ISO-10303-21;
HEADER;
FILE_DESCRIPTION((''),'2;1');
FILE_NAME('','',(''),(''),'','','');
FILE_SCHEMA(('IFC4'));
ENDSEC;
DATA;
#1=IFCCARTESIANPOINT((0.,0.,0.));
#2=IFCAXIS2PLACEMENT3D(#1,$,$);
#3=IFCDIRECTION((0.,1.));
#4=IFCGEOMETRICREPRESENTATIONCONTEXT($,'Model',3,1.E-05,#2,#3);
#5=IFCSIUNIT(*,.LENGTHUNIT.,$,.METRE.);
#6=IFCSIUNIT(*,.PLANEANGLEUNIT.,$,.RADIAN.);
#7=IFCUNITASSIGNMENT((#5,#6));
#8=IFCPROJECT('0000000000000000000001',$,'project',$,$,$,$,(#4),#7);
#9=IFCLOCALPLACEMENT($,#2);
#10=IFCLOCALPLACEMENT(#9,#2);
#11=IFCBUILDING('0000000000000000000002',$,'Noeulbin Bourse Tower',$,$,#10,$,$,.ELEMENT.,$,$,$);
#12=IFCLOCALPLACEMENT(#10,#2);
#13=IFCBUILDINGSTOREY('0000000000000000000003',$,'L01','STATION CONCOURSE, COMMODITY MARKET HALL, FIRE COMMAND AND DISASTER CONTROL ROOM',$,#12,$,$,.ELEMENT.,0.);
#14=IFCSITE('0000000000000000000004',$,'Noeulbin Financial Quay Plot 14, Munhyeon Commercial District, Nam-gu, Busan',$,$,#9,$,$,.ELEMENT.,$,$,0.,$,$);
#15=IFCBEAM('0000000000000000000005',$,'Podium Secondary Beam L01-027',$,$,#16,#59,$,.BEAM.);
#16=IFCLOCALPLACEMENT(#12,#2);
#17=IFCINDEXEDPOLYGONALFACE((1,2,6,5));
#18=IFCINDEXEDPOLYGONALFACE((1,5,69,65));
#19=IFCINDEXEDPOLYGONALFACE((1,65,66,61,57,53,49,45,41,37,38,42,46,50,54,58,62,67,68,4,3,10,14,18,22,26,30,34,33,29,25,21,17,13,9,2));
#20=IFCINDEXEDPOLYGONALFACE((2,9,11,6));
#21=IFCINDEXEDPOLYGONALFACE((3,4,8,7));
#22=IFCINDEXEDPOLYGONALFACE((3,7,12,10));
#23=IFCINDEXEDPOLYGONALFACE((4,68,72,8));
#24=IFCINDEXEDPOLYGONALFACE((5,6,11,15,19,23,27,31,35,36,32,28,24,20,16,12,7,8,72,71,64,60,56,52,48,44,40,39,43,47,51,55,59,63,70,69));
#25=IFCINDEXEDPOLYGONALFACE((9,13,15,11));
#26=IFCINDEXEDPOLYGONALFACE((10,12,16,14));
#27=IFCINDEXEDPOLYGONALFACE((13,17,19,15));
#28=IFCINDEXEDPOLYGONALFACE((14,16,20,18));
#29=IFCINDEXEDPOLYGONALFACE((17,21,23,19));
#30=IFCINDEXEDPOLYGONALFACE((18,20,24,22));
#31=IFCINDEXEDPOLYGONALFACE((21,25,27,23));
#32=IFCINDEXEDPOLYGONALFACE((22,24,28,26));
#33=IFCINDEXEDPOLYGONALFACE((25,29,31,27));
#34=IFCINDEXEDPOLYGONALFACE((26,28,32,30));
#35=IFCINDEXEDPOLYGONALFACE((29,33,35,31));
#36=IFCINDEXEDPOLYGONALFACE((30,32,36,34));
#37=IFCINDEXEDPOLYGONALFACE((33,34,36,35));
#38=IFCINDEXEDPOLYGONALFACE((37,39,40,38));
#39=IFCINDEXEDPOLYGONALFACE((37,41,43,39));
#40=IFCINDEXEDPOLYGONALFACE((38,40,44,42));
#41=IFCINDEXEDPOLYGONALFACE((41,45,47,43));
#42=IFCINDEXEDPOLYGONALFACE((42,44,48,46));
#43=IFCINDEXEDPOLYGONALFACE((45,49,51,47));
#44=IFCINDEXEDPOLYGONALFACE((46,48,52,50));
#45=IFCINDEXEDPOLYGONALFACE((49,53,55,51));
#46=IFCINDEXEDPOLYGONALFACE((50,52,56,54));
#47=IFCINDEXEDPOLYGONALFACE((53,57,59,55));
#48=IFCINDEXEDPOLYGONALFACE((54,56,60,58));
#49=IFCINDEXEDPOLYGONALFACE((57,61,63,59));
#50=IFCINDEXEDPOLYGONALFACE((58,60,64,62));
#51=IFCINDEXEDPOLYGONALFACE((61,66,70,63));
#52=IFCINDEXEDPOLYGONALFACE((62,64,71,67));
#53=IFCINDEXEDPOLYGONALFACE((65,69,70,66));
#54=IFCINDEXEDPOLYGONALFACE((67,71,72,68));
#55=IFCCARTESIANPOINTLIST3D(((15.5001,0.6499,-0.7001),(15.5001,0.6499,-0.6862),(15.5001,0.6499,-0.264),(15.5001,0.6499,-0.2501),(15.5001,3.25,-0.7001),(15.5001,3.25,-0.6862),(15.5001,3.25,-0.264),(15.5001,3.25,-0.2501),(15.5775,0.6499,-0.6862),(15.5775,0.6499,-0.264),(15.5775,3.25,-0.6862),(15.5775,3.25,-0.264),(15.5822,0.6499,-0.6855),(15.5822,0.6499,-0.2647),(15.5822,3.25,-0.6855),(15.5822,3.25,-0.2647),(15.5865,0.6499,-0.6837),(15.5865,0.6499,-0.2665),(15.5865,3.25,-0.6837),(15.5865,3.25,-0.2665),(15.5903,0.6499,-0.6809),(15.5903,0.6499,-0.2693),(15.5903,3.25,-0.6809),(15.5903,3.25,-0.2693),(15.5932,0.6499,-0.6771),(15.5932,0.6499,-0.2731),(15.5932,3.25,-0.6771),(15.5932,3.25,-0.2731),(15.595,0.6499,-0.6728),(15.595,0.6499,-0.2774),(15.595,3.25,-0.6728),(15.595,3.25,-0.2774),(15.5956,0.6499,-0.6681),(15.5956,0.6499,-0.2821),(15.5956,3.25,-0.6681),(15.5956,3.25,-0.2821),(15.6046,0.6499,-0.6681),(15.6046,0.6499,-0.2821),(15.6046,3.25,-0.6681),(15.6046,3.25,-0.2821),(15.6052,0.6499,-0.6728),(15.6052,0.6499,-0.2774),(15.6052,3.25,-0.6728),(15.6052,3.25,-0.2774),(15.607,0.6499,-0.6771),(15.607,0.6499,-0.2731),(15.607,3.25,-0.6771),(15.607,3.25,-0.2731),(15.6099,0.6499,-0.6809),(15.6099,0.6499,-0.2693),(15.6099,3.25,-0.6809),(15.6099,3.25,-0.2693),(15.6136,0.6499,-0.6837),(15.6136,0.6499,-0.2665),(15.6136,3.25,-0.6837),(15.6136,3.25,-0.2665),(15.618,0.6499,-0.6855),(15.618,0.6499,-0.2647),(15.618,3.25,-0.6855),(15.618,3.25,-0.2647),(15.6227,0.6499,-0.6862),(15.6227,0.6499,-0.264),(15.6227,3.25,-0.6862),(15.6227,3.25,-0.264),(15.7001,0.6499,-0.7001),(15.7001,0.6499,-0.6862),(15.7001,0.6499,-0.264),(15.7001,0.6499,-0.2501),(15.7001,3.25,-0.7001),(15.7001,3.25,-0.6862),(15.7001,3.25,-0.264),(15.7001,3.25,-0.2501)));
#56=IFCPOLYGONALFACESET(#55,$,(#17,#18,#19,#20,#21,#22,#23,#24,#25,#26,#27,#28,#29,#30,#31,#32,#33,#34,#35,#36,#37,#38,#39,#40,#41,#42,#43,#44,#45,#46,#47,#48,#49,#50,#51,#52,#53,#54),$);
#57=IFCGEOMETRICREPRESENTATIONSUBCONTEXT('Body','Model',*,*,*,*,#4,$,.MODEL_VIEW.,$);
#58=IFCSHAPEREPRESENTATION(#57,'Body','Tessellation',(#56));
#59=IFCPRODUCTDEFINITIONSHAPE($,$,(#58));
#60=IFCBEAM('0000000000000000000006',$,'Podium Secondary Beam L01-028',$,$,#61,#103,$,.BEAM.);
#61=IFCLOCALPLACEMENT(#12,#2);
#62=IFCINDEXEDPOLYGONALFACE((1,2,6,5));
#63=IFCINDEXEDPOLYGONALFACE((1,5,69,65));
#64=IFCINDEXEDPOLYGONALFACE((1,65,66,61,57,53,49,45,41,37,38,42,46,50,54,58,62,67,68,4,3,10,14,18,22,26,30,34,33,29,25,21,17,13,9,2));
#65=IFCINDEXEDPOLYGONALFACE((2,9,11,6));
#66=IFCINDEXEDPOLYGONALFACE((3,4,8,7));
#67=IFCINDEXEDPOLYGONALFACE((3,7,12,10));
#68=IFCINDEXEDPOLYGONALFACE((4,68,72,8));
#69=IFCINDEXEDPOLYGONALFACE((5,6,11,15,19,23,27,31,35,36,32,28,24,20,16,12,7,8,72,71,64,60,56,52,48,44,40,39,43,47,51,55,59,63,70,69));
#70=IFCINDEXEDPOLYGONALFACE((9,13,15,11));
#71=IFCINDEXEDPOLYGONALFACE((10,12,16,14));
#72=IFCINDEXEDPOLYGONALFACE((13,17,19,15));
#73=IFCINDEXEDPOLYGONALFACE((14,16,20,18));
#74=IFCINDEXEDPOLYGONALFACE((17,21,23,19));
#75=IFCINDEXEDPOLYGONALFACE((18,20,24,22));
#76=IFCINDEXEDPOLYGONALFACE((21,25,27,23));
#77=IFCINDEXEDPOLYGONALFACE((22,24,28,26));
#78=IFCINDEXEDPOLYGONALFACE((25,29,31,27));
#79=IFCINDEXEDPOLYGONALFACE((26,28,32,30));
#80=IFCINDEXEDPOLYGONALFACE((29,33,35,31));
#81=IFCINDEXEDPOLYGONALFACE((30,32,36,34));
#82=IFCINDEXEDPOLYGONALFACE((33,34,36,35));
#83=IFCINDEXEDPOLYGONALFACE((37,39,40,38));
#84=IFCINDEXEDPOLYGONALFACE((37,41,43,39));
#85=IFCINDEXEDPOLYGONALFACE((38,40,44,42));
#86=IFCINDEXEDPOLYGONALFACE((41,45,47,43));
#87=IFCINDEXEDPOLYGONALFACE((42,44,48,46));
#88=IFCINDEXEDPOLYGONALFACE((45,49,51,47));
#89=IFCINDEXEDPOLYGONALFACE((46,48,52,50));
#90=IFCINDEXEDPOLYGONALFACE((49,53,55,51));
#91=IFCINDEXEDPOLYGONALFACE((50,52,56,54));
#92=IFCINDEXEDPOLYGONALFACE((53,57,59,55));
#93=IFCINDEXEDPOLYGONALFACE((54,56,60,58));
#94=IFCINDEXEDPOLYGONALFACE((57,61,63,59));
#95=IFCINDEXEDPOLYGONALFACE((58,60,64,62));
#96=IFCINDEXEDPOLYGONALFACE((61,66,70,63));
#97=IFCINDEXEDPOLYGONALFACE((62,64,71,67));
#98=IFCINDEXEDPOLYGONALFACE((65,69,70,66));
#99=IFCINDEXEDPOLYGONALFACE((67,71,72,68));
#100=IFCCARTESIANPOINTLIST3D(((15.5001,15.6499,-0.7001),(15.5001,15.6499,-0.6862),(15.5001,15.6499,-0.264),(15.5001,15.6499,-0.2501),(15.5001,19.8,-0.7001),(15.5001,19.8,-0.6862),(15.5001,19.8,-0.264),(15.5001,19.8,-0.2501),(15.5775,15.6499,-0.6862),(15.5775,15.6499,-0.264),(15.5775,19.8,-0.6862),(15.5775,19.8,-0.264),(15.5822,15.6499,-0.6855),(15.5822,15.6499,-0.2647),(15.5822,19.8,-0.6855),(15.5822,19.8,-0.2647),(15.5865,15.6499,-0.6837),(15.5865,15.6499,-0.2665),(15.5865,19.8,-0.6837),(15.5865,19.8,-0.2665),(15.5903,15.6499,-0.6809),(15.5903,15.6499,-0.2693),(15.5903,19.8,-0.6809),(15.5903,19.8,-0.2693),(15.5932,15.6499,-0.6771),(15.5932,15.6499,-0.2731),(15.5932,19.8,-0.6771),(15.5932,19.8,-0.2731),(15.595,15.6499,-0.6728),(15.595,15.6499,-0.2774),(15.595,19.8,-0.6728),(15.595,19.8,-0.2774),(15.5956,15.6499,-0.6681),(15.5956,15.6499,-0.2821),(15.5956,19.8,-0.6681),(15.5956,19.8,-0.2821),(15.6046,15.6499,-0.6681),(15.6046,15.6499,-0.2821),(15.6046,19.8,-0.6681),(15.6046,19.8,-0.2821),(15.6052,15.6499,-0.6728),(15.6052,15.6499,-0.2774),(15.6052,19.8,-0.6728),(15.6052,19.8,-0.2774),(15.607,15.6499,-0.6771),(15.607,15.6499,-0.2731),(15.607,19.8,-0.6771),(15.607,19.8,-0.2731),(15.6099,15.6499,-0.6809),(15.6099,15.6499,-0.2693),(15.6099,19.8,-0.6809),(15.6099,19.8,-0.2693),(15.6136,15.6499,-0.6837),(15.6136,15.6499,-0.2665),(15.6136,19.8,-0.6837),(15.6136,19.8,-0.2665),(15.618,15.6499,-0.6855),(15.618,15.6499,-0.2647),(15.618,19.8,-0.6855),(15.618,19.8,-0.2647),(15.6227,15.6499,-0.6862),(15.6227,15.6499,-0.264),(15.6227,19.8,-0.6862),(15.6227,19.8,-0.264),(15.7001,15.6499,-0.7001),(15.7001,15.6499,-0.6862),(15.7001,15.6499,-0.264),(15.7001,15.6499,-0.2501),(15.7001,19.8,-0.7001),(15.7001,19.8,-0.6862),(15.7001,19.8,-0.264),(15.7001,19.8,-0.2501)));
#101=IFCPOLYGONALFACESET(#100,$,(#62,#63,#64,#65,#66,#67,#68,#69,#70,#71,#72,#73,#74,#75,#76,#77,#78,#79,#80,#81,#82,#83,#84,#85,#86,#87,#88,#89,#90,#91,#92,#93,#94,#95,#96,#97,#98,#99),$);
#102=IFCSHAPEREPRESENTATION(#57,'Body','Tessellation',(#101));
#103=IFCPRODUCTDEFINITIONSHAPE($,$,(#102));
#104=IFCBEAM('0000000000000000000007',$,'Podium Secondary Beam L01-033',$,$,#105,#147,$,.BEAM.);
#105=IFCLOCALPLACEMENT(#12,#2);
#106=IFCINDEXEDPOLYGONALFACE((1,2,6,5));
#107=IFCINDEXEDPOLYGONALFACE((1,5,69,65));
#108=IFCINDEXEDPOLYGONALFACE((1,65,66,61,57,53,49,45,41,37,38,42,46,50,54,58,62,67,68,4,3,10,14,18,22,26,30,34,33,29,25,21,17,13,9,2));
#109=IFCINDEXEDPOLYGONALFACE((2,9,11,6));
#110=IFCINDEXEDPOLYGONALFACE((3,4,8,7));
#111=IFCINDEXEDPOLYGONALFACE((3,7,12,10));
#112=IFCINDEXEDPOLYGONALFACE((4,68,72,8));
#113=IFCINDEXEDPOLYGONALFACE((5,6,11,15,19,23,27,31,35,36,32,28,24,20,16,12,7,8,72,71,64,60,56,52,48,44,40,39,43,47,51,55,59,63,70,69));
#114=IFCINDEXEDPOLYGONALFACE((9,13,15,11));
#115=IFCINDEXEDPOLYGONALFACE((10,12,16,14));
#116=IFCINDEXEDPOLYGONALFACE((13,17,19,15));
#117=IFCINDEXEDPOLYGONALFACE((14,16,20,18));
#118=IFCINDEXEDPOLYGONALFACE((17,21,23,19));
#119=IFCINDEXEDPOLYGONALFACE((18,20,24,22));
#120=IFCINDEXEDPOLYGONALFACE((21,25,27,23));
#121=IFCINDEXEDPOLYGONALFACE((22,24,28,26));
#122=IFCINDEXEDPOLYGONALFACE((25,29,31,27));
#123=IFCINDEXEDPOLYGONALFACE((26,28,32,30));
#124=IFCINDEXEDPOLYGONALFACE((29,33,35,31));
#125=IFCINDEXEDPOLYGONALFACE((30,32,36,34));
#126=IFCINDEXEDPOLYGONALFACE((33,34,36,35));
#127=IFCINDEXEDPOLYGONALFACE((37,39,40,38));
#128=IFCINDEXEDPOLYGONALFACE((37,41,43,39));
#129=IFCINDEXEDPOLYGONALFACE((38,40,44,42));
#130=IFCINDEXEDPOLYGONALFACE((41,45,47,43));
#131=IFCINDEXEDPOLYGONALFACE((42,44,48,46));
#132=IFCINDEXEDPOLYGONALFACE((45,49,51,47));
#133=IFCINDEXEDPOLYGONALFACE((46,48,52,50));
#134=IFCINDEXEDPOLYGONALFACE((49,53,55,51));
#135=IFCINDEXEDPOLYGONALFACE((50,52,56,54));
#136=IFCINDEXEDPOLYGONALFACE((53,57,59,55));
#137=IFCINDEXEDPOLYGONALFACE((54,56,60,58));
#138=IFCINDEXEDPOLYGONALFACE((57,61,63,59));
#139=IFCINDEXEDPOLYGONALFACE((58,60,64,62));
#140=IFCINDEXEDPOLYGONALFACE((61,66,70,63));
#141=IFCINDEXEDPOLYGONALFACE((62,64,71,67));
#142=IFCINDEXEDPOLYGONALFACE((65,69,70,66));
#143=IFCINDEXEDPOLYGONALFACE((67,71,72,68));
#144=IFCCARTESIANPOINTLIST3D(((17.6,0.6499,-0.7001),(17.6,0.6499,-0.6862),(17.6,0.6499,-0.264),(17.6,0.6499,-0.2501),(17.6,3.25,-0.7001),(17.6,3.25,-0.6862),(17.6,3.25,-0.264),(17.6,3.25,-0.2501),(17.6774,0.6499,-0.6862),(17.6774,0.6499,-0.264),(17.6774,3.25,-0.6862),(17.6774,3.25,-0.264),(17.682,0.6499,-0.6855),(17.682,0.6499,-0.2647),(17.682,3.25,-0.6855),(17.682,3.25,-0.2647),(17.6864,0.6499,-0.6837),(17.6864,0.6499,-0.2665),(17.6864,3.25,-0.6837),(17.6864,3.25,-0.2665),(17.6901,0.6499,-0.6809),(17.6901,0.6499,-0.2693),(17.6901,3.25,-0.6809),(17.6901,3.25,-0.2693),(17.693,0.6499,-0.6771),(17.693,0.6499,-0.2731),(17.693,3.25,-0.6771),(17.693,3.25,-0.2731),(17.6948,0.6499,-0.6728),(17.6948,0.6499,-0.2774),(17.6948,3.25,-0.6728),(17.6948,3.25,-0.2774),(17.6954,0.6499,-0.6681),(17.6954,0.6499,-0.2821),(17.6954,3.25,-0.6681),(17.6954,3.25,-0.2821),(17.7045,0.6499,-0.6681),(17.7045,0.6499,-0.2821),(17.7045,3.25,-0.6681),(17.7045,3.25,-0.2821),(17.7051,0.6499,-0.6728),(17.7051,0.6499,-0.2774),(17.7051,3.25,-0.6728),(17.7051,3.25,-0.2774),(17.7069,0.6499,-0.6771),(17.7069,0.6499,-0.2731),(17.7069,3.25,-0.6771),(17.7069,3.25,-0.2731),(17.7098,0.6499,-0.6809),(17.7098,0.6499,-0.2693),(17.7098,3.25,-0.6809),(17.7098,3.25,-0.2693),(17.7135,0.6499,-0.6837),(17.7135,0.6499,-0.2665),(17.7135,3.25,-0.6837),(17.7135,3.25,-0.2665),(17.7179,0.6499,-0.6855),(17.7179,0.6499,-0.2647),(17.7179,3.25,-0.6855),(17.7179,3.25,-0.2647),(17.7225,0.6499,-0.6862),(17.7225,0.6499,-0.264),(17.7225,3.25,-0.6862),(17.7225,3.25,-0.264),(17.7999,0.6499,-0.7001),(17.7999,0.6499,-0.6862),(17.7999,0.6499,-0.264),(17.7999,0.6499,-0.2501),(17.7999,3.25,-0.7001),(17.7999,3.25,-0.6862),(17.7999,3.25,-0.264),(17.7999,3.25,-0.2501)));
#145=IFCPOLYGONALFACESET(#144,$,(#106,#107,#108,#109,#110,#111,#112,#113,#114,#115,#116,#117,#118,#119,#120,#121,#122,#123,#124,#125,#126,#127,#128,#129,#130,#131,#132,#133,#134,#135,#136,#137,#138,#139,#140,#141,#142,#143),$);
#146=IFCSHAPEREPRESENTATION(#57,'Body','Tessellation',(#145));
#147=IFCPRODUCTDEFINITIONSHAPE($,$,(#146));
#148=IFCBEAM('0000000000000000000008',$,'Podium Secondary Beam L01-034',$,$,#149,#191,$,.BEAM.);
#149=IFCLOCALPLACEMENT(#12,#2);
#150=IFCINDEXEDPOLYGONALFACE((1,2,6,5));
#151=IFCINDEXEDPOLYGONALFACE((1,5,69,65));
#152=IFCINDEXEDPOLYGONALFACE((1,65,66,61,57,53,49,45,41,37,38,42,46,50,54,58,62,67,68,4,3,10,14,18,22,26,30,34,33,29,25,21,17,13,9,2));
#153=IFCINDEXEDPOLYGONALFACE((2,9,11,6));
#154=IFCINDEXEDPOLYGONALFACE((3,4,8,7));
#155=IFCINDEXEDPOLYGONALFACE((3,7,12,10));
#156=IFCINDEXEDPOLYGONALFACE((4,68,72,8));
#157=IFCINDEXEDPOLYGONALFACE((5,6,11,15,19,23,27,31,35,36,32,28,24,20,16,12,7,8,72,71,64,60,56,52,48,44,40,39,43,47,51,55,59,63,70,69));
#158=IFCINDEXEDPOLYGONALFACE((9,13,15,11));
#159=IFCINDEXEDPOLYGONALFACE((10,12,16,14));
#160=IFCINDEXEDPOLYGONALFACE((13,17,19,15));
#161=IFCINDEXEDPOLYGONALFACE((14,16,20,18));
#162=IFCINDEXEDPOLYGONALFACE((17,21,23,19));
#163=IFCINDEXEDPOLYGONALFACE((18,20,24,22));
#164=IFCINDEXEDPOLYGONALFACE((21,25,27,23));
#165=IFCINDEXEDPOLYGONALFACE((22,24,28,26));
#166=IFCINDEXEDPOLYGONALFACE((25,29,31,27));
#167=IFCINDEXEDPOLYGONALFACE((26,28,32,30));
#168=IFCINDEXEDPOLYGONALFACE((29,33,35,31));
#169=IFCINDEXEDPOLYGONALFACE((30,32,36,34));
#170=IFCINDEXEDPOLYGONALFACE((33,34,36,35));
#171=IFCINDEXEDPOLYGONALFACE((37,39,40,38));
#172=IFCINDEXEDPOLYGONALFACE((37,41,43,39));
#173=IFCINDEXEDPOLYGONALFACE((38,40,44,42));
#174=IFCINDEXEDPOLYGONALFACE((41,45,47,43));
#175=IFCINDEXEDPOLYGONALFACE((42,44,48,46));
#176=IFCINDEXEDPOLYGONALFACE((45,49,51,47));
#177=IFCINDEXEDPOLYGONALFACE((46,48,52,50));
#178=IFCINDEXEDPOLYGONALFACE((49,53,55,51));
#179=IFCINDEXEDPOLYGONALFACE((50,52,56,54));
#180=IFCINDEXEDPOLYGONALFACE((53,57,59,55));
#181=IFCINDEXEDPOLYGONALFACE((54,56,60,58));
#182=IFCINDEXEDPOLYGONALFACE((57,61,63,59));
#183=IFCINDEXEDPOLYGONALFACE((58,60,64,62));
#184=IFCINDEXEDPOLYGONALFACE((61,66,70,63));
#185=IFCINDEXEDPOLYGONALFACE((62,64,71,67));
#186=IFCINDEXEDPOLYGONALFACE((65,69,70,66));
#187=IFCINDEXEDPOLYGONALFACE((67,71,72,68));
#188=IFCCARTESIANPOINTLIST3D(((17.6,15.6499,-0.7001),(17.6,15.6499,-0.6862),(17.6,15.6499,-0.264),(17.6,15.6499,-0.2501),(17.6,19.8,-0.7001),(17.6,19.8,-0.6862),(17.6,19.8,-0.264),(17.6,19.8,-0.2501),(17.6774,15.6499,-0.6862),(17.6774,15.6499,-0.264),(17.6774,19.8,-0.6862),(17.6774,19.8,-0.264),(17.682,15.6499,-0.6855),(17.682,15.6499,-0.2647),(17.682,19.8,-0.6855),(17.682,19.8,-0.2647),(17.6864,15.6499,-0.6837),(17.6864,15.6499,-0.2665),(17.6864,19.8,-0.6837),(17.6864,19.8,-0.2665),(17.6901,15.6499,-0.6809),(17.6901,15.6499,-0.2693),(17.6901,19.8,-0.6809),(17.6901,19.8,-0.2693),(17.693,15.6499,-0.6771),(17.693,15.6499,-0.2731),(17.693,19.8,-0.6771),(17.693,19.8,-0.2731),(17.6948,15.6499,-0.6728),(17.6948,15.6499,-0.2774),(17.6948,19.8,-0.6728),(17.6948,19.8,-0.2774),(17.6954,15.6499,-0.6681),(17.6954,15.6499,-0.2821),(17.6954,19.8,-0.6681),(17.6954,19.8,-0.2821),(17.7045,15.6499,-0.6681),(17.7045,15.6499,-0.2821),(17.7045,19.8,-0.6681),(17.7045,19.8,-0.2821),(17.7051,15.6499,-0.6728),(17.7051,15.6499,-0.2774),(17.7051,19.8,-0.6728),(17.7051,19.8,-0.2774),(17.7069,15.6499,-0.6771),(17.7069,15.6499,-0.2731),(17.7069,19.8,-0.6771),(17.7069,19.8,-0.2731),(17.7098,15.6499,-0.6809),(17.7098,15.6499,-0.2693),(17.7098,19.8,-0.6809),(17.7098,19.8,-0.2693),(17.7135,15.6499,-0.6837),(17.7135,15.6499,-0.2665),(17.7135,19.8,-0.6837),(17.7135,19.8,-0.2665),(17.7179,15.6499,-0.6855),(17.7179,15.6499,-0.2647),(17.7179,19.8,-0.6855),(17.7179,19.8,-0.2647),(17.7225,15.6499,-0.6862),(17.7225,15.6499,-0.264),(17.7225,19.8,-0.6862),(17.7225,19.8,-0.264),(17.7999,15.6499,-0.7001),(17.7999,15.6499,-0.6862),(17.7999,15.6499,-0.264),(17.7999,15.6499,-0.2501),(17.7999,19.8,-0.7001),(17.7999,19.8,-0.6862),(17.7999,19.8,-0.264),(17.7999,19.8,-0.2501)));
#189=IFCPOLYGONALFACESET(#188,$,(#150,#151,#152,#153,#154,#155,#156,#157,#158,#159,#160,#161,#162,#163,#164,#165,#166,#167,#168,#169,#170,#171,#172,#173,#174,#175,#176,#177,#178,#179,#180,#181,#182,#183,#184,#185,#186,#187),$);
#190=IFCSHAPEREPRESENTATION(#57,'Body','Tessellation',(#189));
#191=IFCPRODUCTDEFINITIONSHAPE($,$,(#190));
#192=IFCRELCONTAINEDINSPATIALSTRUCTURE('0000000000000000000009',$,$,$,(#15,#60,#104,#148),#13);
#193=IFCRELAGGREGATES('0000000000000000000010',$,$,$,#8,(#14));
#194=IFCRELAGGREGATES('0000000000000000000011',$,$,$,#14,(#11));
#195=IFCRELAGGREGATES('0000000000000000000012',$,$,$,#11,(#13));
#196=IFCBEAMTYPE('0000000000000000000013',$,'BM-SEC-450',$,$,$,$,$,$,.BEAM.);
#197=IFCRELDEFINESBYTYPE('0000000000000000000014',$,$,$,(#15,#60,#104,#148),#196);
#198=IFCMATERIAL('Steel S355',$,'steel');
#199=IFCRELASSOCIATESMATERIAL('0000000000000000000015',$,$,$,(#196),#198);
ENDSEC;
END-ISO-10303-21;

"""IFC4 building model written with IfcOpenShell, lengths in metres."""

from ifc_helpers import new_model, si_unit, direction, frame, origin, origin_2d, place, context, subcontext, project, spatial, i_section, extrude, material, material_profile, profile_set, type_object, element, save


model = new_model("IFC4")

# Units and contexts
model_context = context("Model", 3, precision=1e-05, world=origin(), true_north=direction((0.0, 1.0)))
body_context = subcontext(model_context, "Body", "Model", "MODEL_VIEW")
ifc_project = project(units=[si_unit("LENGTHUNIT", "METRE"), si_unit("PLANEANGLEUNIT", "RADIAN")], contexts=[model_context])

# Site, building, storey
site_placement = place(None, origin())
site = spatial("IfcSite", under=ifc_project, at=site_placement, Name="Noeulbin Financial Quay Plot 14, Munhyeon Commercial District, Nam-gu, Busan", CompositionType="ELEMENT", RefElevation=0.0)
building_placement = place(site_placement, origin())
building = spatial("IfcBuilding", under=site, at=building_placement, Name="Noeulbin Bourse Tower", CompositionType="ELEMENT")
storey_placement = place(building_placement, origin())
storey = spatial("IfcBuildingStorey", under=building, at=storey_placement, Name="L01", Description="STATION CONCOURSE, COMMODITY MARKET HALL, FIRE COMMAND AND DISASTER CONTROL ROOM", CompositionType="ELEMENT", Elevation=0.0)

# Beams
ifc_material_1 = material(Name="Steel S355", Category="steel")
ifc_material_profile_1 = material_profile(ifc_material_1, i_section(OverallWidth=0.2, OverallDepth=0.45, WebThickness=0.009, FlangeThickness=0.0139, FilletRadius=0.0181, at=origin_2d()), Name="H-450x200x9x14", Category="LoadBearing")
ifc_profile_set_1 = profile_set([ifc_material_profile_1], Name="Steel S355")
beam_type_1 = type_object("IfcBeamType", Name="BM-SEC-450", PredefinedType="BEAM", material=ifc_profile_set_1)
beam_1_placement = place(storey_placement, frame((15.6001, 0.6499, -0.4751), z_axis=(0.0, 1.0, 0.0), x_axis=(-1.0, 0.0, 0.0)))
element("IfcBeam", 1, at=beam_1_placement, inside=storey, type_object=beam_type_1, Name="Podium Secondary Beam L01-027", PredefinedType="BEAM", context=body_context, shape_type="SweptSolid", body=[
    extrude(i_section(OverallWidth=0.2, OverallDepth=0.45, WebThickness=0.009, FlangeThickness=0.0139, FilletRadius=0.0181, at=origin_2d()), origin(), (0.0, 0.0, 1.0), 2.6001),
])
beam_2_placement = place(storey_placement, frame((15.6001, 15.6499, -0.4751), z_axis=(0.0, 1.0, 0.0), x_axis=(-1.0, 0.0, 0.0)))
element("IfcBeam", 2, at=beam_2_placement, inside=storey, type_object=beam_type_1, Name="Podium Secondary Beam L01-028", PredefinedType="BEAM", context=body_context, shape_type="SweptSolid", body=[
    extrude(i_section(OverallWidth=0.2, OverallDepth=0.45, WebThickness=0.009, FlangeThickness=0.0139, FilletRadius=0.0181, at=origin_2d()), origin(), (0.0, 0.0, 1.0), 4.1501),
])
beam_3_placement = place(storey_placement, frame((17.7, 0.6499, -0.4751), z_axis=(0.0, 1.0, 0.0), x_axis=(-1.0, 0.0, 0.0)))
element("IfcBeam", 3, at=beam_3_placement, inside=storey, type_object=beam_type_1, Name="Podium Secondary Beam L01-033", PredefinedType="BEAM", context=body_context, shape_type="SweptSolid", body=[
    extrude(i_section(OverallWidth=0.2, OverallDepth=0.45, WebThickness=0.009, FlangeThickness=0.0139, FilletRadius=0.0181, at=origin_2d()), origin(), (0.0, 0.0, 1.0), 2.6001),
])
beam_4_placement = place(storey_placement, frame((17.7, 15.6499, -0.4751), z_axis=(0.0, 1.0, 0.0), x_axis=(-1.0, 0.0, 0.0)))
element("IfcBeam", 4, at=beam_4_placement, inside=storey, type_object=beam_type_1, Name="Podium Secondary Beam L01-034", PredefinedType="BEAM", context=body_context, shape_type="SweptSolid", body=[
    extrude(i_section(OverallWidth=0.2, OverallDepth=0.45, WebThickness=0.009, FlangeThickness=0.0139, FilletRadius=0.0181, at=origin_2d()), origin(), (0.0, 0.0, 1.0), 4.1501),
])

save(model, "model.ifc")
